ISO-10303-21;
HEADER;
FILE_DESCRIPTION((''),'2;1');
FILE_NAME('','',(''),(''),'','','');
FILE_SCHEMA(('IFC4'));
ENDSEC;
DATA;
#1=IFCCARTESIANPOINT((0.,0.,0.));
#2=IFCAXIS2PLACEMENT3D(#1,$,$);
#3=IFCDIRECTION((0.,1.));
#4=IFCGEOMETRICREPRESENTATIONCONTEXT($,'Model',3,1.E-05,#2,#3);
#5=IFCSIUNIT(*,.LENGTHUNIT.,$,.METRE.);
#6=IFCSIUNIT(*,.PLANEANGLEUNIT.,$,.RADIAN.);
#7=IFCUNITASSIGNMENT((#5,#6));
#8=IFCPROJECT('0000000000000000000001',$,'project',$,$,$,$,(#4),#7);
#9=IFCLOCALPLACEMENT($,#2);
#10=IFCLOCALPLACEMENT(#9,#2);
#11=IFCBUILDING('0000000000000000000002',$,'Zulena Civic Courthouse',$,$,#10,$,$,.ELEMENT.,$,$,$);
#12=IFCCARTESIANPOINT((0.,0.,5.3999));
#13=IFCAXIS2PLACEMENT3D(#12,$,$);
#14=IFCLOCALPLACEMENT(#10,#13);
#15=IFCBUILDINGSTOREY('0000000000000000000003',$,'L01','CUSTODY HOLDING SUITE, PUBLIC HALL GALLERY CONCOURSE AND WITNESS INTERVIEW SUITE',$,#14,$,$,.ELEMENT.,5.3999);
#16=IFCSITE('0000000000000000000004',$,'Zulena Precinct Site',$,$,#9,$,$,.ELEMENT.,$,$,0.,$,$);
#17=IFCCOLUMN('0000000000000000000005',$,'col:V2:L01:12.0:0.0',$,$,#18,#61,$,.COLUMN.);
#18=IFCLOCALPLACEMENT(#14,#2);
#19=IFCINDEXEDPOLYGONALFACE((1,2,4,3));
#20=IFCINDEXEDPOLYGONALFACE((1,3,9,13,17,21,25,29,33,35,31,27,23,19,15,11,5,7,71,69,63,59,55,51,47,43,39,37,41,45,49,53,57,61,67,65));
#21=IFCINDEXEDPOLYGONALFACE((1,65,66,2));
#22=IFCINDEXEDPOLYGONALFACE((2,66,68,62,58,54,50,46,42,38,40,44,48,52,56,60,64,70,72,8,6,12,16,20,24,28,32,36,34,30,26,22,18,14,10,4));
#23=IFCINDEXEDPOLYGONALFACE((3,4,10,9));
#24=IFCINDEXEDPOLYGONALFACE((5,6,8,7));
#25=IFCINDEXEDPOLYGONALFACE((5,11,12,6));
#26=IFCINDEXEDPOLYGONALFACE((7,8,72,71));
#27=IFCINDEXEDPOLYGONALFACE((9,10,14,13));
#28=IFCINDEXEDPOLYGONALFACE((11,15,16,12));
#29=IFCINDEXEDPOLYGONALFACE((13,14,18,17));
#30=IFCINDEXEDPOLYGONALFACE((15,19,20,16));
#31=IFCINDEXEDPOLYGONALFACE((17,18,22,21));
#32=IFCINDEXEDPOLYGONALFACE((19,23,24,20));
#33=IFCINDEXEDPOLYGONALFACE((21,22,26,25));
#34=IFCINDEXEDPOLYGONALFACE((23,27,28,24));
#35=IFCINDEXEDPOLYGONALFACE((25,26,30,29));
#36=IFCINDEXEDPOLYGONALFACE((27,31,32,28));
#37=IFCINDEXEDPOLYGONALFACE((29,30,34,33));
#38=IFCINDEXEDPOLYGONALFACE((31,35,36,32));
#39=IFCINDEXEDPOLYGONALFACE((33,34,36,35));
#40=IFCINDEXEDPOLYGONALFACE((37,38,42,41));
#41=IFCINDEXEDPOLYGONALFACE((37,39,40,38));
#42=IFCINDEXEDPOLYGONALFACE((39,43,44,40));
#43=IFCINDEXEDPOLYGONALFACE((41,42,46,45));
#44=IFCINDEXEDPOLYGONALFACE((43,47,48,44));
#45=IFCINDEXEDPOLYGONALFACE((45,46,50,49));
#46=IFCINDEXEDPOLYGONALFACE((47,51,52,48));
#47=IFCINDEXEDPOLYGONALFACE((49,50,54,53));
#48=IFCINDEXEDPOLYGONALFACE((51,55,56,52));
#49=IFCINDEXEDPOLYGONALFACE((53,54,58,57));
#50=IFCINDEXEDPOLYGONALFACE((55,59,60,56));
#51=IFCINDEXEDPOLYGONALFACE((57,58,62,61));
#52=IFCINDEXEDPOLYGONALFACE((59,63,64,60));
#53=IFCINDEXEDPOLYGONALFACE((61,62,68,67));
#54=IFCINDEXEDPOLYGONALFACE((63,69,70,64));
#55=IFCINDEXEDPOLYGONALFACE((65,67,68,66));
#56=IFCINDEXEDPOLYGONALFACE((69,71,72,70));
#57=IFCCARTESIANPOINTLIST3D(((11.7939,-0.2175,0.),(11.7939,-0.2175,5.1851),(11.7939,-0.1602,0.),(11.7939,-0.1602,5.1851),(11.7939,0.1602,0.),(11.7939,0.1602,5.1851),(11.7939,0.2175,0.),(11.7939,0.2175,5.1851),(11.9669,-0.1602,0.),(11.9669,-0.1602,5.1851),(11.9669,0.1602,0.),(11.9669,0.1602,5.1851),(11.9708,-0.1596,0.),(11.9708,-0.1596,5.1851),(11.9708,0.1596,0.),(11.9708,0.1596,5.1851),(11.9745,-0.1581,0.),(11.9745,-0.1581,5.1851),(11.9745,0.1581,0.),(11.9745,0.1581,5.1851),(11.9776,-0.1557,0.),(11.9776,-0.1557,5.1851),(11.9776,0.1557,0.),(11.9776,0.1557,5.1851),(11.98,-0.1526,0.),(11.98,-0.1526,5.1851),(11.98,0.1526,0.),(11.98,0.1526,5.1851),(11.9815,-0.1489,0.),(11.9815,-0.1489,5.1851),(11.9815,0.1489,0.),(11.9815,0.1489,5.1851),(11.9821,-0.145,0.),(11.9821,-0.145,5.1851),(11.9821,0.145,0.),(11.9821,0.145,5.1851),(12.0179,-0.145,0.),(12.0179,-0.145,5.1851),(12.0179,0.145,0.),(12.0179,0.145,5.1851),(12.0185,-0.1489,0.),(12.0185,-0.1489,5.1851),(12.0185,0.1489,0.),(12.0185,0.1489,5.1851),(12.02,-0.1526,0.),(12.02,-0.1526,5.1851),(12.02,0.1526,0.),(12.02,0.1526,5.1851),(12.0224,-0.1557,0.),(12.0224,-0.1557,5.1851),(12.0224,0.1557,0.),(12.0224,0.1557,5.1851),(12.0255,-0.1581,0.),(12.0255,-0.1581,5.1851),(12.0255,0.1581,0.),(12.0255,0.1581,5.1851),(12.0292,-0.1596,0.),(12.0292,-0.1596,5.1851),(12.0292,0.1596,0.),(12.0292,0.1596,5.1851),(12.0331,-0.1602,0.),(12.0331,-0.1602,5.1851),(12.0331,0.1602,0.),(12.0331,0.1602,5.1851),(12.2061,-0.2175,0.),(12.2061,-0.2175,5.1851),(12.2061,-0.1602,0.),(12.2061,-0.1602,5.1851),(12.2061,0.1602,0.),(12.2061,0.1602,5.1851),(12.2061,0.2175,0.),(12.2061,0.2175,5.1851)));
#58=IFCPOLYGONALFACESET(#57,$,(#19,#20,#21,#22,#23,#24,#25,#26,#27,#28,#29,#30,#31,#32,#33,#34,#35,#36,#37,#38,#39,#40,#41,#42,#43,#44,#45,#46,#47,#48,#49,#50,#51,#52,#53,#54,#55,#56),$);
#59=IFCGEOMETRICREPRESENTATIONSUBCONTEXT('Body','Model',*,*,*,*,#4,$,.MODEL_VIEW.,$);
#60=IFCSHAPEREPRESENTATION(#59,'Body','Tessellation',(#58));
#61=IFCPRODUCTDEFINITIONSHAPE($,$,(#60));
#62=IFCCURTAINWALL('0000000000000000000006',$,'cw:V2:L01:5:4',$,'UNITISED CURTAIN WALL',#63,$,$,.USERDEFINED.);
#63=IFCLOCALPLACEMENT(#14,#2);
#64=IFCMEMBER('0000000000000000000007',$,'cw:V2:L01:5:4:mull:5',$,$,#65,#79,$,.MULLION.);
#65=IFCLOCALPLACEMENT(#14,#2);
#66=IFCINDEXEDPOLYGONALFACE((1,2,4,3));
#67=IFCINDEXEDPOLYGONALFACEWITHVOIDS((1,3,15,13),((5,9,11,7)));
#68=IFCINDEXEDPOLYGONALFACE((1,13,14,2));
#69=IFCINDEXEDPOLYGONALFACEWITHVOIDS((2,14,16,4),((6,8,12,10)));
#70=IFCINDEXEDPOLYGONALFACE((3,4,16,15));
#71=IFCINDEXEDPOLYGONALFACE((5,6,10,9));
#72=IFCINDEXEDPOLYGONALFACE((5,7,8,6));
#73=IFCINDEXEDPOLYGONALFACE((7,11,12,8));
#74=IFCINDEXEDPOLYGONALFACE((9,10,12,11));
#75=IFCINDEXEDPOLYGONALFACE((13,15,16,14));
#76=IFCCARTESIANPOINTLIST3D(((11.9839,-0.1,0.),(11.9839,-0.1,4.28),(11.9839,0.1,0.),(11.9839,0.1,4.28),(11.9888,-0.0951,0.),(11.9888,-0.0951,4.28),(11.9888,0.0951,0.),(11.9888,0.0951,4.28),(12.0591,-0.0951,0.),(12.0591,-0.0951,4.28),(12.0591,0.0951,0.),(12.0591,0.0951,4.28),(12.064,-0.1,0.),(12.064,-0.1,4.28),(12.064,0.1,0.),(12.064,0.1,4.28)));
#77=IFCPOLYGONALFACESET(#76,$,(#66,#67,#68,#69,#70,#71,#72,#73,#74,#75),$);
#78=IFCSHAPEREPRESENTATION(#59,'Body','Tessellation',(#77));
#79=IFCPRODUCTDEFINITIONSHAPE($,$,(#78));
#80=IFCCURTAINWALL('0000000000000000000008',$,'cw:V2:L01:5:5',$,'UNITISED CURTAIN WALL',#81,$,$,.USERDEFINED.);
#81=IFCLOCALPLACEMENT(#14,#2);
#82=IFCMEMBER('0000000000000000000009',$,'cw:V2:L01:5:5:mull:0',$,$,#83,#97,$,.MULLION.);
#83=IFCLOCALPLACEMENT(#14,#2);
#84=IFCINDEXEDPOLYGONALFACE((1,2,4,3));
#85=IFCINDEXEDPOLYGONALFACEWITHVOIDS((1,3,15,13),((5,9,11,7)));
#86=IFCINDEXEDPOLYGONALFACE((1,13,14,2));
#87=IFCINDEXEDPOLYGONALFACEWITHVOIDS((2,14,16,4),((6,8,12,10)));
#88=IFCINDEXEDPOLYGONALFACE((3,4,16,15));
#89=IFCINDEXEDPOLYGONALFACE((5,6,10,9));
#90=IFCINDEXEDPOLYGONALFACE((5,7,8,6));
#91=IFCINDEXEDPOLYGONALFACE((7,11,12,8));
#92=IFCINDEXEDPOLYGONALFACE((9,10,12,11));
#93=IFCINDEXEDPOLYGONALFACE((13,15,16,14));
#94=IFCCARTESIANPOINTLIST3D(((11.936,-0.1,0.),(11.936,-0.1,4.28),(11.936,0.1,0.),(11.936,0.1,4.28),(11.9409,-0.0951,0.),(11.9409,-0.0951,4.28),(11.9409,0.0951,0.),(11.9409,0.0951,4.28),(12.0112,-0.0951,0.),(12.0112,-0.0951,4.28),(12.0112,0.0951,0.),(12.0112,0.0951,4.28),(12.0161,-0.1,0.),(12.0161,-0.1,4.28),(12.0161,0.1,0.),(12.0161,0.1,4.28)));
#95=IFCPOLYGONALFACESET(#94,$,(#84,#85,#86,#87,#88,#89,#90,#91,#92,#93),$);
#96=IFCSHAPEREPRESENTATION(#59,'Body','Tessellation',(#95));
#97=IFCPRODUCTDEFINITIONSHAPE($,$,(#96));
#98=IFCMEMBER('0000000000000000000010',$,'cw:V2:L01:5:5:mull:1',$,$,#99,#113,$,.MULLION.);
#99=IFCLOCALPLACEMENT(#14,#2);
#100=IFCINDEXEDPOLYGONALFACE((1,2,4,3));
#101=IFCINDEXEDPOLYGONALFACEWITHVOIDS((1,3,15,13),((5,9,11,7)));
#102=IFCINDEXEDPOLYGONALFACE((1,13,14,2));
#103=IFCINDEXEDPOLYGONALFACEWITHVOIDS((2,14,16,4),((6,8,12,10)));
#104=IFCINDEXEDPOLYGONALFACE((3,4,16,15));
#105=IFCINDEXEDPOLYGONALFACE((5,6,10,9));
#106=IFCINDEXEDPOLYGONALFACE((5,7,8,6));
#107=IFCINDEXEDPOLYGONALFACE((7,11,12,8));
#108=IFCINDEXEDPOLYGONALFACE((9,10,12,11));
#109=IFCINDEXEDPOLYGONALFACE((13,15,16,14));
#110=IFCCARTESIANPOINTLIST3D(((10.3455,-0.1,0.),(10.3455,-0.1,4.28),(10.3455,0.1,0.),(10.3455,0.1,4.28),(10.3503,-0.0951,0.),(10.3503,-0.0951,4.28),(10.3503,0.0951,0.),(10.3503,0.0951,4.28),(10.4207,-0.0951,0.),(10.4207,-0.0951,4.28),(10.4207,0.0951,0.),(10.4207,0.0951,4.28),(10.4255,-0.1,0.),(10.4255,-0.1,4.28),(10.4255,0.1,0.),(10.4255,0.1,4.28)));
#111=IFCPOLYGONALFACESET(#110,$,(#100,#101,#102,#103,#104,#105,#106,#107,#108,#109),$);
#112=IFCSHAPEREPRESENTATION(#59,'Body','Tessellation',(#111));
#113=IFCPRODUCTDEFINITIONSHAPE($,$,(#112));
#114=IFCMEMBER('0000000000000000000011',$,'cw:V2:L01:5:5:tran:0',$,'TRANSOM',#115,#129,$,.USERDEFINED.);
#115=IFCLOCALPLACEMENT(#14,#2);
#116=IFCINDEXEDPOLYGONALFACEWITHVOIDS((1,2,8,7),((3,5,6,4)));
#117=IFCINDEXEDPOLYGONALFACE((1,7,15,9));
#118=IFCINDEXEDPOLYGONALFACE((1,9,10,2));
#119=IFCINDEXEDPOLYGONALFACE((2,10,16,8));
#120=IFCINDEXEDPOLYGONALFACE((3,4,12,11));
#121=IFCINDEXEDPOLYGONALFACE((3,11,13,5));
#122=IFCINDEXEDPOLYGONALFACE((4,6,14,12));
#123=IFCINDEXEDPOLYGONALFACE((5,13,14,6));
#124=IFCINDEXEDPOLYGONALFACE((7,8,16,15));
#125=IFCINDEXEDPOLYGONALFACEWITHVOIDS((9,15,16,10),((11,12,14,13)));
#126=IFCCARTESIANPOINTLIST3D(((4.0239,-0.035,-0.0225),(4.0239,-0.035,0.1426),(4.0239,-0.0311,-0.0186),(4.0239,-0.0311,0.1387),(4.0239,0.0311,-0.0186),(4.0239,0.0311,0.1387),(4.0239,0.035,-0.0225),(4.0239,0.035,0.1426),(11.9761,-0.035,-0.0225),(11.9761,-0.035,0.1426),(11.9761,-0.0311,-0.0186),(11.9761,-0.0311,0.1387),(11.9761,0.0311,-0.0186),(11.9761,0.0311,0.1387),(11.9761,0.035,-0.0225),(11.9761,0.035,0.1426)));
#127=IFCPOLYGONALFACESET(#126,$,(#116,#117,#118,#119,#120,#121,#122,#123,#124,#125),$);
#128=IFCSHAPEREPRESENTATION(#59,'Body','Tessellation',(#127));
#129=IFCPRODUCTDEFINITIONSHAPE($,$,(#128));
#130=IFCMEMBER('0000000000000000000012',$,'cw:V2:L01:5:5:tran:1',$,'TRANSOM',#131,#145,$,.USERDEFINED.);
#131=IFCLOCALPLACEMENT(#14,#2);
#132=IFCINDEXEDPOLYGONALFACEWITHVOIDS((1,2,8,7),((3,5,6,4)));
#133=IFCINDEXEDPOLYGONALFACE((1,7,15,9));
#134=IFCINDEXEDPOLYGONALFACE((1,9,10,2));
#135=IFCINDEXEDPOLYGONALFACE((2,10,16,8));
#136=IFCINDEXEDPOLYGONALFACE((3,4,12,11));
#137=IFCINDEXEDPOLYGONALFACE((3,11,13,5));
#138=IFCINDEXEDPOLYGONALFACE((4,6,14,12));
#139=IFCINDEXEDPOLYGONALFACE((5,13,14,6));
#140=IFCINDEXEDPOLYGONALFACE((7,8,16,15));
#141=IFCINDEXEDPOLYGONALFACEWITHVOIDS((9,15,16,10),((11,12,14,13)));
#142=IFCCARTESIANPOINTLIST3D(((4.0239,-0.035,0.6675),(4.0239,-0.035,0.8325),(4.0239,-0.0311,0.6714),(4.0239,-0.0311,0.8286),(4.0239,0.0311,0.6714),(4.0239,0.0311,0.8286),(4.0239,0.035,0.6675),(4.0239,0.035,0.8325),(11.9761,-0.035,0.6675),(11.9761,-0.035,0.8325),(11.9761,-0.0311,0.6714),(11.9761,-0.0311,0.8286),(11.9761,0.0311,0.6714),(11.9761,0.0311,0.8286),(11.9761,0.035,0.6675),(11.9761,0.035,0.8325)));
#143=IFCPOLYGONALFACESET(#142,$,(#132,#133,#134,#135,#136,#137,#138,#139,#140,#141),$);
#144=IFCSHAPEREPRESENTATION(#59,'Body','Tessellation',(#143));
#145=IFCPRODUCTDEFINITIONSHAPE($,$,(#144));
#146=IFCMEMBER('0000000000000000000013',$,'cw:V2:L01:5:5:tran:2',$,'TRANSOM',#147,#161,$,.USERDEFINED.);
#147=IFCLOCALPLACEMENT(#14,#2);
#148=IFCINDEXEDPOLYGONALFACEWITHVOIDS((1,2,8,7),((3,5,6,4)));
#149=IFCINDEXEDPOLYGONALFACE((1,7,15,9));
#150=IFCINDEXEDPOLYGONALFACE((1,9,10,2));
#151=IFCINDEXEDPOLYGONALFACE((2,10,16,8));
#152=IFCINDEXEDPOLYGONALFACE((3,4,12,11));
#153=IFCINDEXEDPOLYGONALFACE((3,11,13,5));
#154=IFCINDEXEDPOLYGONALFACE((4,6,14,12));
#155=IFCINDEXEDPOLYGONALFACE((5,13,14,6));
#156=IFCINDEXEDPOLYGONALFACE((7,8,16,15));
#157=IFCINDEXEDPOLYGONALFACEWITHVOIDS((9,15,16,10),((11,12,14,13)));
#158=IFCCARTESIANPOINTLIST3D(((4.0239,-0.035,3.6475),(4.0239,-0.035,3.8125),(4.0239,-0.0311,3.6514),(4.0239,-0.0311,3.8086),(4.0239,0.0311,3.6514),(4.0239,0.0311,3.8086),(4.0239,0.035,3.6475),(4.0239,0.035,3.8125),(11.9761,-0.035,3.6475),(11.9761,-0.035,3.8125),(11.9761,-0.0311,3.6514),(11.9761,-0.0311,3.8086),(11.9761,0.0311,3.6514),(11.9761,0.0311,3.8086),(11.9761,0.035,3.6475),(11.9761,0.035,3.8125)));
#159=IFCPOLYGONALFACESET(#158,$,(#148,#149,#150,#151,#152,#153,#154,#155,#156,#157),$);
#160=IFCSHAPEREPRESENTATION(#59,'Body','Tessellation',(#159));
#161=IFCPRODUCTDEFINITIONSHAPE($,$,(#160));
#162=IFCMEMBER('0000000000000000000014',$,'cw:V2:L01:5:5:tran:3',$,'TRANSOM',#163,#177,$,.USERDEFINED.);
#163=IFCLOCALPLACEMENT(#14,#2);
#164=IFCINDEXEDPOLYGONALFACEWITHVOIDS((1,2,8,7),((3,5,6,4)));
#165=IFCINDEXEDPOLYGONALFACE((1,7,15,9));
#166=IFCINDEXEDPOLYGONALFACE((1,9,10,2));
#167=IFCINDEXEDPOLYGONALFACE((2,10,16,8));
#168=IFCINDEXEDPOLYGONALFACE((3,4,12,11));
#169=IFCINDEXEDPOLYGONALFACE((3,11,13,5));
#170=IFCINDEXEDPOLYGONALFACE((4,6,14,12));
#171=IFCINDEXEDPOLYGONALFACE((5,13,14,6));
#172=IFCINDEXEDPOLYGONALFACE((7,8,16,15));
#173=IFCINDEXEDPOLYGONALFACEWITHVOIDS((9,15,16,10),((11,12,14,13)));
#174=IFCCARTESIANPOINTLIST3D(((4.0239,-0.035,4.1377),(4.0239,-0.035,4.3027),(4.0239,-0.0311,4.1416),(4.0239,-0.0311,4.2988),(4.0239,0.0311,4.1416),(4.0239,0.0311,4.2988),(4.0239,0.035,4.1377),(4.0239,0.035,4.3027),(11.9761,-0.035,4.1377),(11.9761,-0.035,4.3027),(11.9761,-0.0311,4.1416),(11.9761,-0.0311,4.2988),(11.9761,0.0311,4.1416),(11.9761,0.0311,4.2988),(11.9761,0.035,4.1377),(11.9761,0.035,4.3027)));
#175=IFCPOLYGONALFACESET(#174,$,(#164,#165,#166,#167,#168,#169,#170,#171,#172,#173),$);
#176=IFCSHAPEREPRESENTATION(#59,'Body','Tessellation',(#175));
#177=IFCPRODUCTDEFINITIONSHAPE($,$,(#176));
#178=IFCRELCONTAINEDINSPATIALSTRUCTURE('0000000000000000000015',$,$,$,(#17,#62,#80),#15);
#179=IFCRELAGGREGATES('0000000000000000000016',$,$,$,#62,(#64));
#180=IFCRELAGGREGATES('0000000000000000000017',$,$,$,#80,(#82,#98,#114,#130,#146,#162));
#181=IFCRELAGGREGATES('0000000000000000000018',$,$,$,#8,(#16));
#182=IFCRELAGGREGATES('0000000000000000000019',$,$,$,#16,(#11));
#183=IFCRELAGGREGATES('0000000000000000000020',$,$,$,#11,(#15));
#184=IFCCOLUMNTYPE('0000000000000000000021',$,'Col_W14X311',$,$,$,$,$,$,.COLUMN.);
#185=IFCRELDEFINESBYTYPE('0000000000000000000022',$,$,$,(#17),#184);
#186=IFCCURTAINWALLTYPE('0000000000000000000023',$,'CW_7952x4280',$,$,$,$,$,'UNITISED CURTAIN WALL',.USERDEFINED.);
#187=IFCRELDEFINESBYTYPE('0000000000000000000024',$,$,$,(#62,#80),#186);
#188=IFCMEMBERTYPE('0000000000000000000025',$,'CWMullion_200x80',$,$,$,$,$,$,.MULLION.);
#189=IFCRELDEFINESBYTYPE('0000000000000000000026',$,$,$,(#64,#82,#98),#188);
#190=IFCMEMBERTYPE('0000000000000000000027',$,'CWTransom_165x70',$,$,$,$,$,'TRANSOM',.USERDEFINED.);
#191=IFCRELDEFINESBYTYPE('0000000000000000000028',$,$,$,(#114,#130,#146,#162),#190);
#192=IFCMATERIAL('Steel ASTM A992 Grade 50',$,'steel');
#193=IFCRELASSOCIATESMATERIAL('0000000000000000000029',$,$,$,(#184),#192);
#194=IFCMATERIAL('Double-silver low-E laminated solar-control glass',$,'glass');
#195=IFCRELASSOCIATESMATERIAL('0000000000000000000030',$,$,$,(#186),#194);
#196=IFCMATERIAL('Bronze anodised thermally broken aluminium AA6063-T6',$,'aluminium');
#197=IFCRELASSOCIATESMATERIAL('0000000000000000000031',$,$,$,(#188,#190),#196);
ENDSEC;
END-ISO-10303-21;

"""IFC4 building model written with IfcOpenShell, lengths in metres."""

from ifc_helpers import new_model, si_unit, direction, frame, origin, origin_2d, place, context, subcontext, project, spatial, hollow_rectangle, i_section, extrude, material, material_profile, profile_set, type_object, element, aggregate, save


model = new_model("IFC4")

# Units and contexts
model_context = context("Model", 3, precision=1e-05, world=origin(), true_north=direction((0.0, 1.0)))
body_context = subcontext(model_context, "Body", "Model", "MODEL_VIEW")
ifc_project = project(units=[si_unit("LENGTHUNIT", "METRE"), si_unit("PLANEANGLEUNIT", "RADIAN")], contexts=[model_context])

# Site, building, storey
site_placement = place(None, origin())
site = spatial("IfcSite", under=ifc_project, at=site_placement, Name="Zulena Precinct Site", CompositionType="ELEMENT", RefElevation=0.0)
building_placement = place(site_placement, origin())
building = spatial("IfcBuilding", under=site, at=building_placement, Name="Zulena Civic Courthouse", CompositionType="ELEMENT")
storey_placement = place(building_placement, frame((0.0, 0.0, 5.3999)))
storey = spatial("IfcBuildingStorey", under=building, at=storey_placement, Name="L01", Description="CUSTODY HOLDING SUITE, PUBLIC HALL GALLERY CONCOURSE AND WITNESS INTERVIEW SUITE", CompositionType="ELEMENT", Elevation=5.3999)

# Column
ifc_material_1 = material(Name="Steel ASTM A992 Grade 50", Category="steel")
ifc_material_profile_1 = material_profile(ifc_material_1, i_section(OverallWidth=0.4121, OverallDepth=0.4351, WebThickness=0.0359, FlangeThickness=0.0574, FilletRadius=0.0151, at=origin_2d()), Name="W14X311")
ifc_profile_set_1 = profile_set([ifc_material_profile_1], Name="Steel ASTM A992 Grade 50")
column_type_1 = type_object("IfcColumnType", Name="Col_W14X311", PredefinedType="COLUMN", material=ifc_profile_set_1)
for number, where, z_axis, x_axis, name in (
    (1, (12.0, 0.0, 0.0), (0.0, 0.0, 1.0), (1.0, 0.0, 0.0), "col:V2:L01:12.0:0.0"),
):
    element("IfcColumn", number, at=place(storey_placement, frame(where, z_axis=z_axis, x_axis=x_axis)), inside=storey, type_object=column_type_1, Name=name, PredefinedType="COLUMN", context=body_context, shape_type="SweptSolid", body=[
        extrude(i_section(OverallWidth=0.4121, OverallDepth=0.4351, WebThickness=0.0359, FlangeThickness=0.0574, FilletRadius=0.0151, at=origin_2d()), origin(), (0.0, 0.0, 1.0), 5.1851),
    ])

# Curtain wall, member
ifc_material_2 = material(Name="Double-silver low-E laminated solar-control glass", Category="glass")
curtain_wall_type = type_object("IfcCurtainWallType", Name="CW_7952x4280", ElementType="UNITISED CURTAIN WALL", PredefinedType="USERDEFINED", material=ifc_material_2)
curtain_wall_1_placement = place(storey_placement, origin())
curtain_wall_1 = element("IfcCurtainWall", 2, at=curtain_wall_1_placement, inside=storey, type_object=curtain_wall_type, Name="cw:V2:L01:5:4", ObjectType="UNITISED CURTAIN WALL", PredefinedType="USERDEFINED")
ifc_material_3 = material(Name="Bronze anodised thermally broken aluminium AA6063-T6", Category="aluminium")
ifc_material_profile_2 = material_profile(ifc_material_3, hollow_rectangle(XDim=0.0801, YDim=0.2, WallThickness=0.0049, at=origin_2d()), Name="CWM200X80X5")
ifc_profile_set_2 = profile_set([ifc_material_profile_2], Name="Bronze anodised thermally broken aluminium AA6063-T6")
member_type_1 = type_object("IfcMemberType", Name="CWMullion_200x80", PredefinedType="MULLION", material=ifc_profile_set_2)
member_1_placement = place(storey_placement, frame((12.0239, 0.0, 0.0), z_axis=(0.0, 0.0, 1.0), x_axis=(1.0, 0.0, 0.0)))
member_1 = element("IfcMember", 3, at=member_1_placement, type_object=member_type_1, Name="cw:V2:L01:5:4:mull:5", PredefinedType="MULLION", context=body_context, shape_type="SweptSolid", body=[
    extrude(hollow_rectangle(XDim=0.0801, YDim=0.2, WallThickness=0.0049, at=origin_2d()), origin(), (0.0, 0.0, 1.0), 4.28),
])
aggregate(curtain_wall_1, [member_1])

# Curtain wall, members
curtain_wall_2_placement = place(storey_placement, origin())
curtain_wall_2 = element("IfcCurtainWall", 4, at=curtain_wall_2_placement, inside=storey, type_object=curtain_wall_type, Name="cw:V2:L01:5:5", ObjectType="UNITISED CURTAIN WALL", PredefinedType="USERDEFINED")
member_2_placement = place(storey_placement, frame((11.9761, 0.0, 0.0), z_axis=(0.0, 0.0, 1.0), x_axis=(1.0, 0.0, 0.0)))
member_2 = element("IfcMember", 5, at=member_2_placement, type_object=member_type_1, Name="cw:V2:L01:5:5:mull:0", PredefinedType="MULLION", context=body_context, shape_type="SweptSolid", body=[
    extrude(hollow_rectangle(XDim=0.0801, YDim=0.2, WallThickness=0.0049, at=origin_2d()), origin(), (0.0, 0.0, 1.0), 4.28),
])
member_3_placement = place(storey_placement, frame((10.3855, 0.0, 0.0), z_axis=(0.0, 0.0, 1.0), x_axis=(1.0, 0.0, 0.0)))
member_3 = element("IfcMember", 6, at=member_3_placement, type_object=member_type_1, Name="cw:V2:L01:5:5:mull:1", PredefinedType="MULLION", context=body_context, shape_type="SweptSolid", body=[
    extrude(hollow_rectangle(XDim=0.0801, YDim=0.2, WallThickness=0.0049, at=origin_2d()), origin(), (0.0, 0.0, 1.0), 4.28),
])
ifc_material_profile_3 = material_profile(ifc_material_3, hollow_rectangle(XDim=0.0701, YDim=0.165, WallThickness=0.0039, at=origin_2d()), Name="CWT165X70X4")
ifc_profile_set_3 = profile_set([ifc_material_profile_3], Name="Bronze anodised thermally broken aluminium AA6063-T6")
member_type_2 = type_object("IfcMemberType", Name="CWTransom_165x70", ElementType="TRANSOM", PredefinedType="USERDEFINED", material=ifc_profile_set_3)
member_4_placement = place(storey_placement, frame((11.9761, 0.0, 0.0601), z_axis=(-1.0, 0.0, 0.0), x_axis=(0.0, -1.0, 0.0)))
member_4 = element("IfcMember", 7, at=member_4_placement, type_object=member_type_2, Name="cw:V2:L01:5:5:tran:0", ObjectType="TRANSOM", PredefinedType="USERDEFINED", context=body_context, shape_type="SweptSolid", body=[
    extrude(hollow_rectangle(XDim=0.0701, YDim=0.165, WallThickness=0.0039, at=origin_2d()), origin(), (0.0, 0.0, 1.0), 7.9521),
])
member_5_placement = place(storey_placement, frame((11.9761, 0.0, 0.75), z_axis=(-1.0, 0.0, 0.0), x_axis=(0.0, -1.0, 0.0)))
member_5 = element("IfcMember", 8, at=member_5_placement, type_object=member_type_2, Name="cw:V2:L01:5:5:tran:1", ObjectType="TRANSOM", PredefinedType="USERDEFINED", context=body_context, shape_type="SweptSolid", body=[
    extrude(hollow_rectangle(XDim=0.0701, YDim=0.165, WallThickness=0.0039, at=origin_2d()), origin(), (0.0, 0.0, 1.0), 7.9521),
])
member_6_placement = place(storey_placement, frame((11.9761, 0.0, 3.73), z_axis=(-1.0, 0.0, 0.0), x_axis=(0.0, -1.0, 0.0)))
member_6 = element("IfcMember", 9, at=member_6_placement, type_object=member_type_2, Name="cw:V2:L01:5:5:tran:2", ObjectType="TRANSOM", PredefinedType="USERDEFINED", context=body_context, shape_type="SweptSolid", body=[
    extrude(hollow_rectangle(XDim=0.0701, YDim=0.165, WallThickness=0.0039, at=origin_2d()), origin(), (0.0, 0.0, 1.0), 7.9521),
])
member_7_placement = place(storey_placement, frame((11.9761, 0.0, 4.2202), z_axis=(-1.0, 0.0, 0.0), x_axis=(0.0, -1.0, 0.0)))
member_7 = element("IfcMember", 10, at=member_7_placement, type_object=member_type_2, Name="cw:V2:L01:5:5:tran:3", ObjectType="TRANSOM", PredefinedType="USERDEFINED", context=body_context, shape_type="SweptSolid", body=[
    extrude(hollow_rectangle(XDim=0.0701, YDim=0.165, WallThickness=0.0039, at=origin_2d()), origin(), (0.0, 0.0, 1.0), 7.9521),
])

aggregate(curtain_wall_2, [member_2, member_3, member_4, member_5, member_6, member_7])

save(model, "model.ifc")
